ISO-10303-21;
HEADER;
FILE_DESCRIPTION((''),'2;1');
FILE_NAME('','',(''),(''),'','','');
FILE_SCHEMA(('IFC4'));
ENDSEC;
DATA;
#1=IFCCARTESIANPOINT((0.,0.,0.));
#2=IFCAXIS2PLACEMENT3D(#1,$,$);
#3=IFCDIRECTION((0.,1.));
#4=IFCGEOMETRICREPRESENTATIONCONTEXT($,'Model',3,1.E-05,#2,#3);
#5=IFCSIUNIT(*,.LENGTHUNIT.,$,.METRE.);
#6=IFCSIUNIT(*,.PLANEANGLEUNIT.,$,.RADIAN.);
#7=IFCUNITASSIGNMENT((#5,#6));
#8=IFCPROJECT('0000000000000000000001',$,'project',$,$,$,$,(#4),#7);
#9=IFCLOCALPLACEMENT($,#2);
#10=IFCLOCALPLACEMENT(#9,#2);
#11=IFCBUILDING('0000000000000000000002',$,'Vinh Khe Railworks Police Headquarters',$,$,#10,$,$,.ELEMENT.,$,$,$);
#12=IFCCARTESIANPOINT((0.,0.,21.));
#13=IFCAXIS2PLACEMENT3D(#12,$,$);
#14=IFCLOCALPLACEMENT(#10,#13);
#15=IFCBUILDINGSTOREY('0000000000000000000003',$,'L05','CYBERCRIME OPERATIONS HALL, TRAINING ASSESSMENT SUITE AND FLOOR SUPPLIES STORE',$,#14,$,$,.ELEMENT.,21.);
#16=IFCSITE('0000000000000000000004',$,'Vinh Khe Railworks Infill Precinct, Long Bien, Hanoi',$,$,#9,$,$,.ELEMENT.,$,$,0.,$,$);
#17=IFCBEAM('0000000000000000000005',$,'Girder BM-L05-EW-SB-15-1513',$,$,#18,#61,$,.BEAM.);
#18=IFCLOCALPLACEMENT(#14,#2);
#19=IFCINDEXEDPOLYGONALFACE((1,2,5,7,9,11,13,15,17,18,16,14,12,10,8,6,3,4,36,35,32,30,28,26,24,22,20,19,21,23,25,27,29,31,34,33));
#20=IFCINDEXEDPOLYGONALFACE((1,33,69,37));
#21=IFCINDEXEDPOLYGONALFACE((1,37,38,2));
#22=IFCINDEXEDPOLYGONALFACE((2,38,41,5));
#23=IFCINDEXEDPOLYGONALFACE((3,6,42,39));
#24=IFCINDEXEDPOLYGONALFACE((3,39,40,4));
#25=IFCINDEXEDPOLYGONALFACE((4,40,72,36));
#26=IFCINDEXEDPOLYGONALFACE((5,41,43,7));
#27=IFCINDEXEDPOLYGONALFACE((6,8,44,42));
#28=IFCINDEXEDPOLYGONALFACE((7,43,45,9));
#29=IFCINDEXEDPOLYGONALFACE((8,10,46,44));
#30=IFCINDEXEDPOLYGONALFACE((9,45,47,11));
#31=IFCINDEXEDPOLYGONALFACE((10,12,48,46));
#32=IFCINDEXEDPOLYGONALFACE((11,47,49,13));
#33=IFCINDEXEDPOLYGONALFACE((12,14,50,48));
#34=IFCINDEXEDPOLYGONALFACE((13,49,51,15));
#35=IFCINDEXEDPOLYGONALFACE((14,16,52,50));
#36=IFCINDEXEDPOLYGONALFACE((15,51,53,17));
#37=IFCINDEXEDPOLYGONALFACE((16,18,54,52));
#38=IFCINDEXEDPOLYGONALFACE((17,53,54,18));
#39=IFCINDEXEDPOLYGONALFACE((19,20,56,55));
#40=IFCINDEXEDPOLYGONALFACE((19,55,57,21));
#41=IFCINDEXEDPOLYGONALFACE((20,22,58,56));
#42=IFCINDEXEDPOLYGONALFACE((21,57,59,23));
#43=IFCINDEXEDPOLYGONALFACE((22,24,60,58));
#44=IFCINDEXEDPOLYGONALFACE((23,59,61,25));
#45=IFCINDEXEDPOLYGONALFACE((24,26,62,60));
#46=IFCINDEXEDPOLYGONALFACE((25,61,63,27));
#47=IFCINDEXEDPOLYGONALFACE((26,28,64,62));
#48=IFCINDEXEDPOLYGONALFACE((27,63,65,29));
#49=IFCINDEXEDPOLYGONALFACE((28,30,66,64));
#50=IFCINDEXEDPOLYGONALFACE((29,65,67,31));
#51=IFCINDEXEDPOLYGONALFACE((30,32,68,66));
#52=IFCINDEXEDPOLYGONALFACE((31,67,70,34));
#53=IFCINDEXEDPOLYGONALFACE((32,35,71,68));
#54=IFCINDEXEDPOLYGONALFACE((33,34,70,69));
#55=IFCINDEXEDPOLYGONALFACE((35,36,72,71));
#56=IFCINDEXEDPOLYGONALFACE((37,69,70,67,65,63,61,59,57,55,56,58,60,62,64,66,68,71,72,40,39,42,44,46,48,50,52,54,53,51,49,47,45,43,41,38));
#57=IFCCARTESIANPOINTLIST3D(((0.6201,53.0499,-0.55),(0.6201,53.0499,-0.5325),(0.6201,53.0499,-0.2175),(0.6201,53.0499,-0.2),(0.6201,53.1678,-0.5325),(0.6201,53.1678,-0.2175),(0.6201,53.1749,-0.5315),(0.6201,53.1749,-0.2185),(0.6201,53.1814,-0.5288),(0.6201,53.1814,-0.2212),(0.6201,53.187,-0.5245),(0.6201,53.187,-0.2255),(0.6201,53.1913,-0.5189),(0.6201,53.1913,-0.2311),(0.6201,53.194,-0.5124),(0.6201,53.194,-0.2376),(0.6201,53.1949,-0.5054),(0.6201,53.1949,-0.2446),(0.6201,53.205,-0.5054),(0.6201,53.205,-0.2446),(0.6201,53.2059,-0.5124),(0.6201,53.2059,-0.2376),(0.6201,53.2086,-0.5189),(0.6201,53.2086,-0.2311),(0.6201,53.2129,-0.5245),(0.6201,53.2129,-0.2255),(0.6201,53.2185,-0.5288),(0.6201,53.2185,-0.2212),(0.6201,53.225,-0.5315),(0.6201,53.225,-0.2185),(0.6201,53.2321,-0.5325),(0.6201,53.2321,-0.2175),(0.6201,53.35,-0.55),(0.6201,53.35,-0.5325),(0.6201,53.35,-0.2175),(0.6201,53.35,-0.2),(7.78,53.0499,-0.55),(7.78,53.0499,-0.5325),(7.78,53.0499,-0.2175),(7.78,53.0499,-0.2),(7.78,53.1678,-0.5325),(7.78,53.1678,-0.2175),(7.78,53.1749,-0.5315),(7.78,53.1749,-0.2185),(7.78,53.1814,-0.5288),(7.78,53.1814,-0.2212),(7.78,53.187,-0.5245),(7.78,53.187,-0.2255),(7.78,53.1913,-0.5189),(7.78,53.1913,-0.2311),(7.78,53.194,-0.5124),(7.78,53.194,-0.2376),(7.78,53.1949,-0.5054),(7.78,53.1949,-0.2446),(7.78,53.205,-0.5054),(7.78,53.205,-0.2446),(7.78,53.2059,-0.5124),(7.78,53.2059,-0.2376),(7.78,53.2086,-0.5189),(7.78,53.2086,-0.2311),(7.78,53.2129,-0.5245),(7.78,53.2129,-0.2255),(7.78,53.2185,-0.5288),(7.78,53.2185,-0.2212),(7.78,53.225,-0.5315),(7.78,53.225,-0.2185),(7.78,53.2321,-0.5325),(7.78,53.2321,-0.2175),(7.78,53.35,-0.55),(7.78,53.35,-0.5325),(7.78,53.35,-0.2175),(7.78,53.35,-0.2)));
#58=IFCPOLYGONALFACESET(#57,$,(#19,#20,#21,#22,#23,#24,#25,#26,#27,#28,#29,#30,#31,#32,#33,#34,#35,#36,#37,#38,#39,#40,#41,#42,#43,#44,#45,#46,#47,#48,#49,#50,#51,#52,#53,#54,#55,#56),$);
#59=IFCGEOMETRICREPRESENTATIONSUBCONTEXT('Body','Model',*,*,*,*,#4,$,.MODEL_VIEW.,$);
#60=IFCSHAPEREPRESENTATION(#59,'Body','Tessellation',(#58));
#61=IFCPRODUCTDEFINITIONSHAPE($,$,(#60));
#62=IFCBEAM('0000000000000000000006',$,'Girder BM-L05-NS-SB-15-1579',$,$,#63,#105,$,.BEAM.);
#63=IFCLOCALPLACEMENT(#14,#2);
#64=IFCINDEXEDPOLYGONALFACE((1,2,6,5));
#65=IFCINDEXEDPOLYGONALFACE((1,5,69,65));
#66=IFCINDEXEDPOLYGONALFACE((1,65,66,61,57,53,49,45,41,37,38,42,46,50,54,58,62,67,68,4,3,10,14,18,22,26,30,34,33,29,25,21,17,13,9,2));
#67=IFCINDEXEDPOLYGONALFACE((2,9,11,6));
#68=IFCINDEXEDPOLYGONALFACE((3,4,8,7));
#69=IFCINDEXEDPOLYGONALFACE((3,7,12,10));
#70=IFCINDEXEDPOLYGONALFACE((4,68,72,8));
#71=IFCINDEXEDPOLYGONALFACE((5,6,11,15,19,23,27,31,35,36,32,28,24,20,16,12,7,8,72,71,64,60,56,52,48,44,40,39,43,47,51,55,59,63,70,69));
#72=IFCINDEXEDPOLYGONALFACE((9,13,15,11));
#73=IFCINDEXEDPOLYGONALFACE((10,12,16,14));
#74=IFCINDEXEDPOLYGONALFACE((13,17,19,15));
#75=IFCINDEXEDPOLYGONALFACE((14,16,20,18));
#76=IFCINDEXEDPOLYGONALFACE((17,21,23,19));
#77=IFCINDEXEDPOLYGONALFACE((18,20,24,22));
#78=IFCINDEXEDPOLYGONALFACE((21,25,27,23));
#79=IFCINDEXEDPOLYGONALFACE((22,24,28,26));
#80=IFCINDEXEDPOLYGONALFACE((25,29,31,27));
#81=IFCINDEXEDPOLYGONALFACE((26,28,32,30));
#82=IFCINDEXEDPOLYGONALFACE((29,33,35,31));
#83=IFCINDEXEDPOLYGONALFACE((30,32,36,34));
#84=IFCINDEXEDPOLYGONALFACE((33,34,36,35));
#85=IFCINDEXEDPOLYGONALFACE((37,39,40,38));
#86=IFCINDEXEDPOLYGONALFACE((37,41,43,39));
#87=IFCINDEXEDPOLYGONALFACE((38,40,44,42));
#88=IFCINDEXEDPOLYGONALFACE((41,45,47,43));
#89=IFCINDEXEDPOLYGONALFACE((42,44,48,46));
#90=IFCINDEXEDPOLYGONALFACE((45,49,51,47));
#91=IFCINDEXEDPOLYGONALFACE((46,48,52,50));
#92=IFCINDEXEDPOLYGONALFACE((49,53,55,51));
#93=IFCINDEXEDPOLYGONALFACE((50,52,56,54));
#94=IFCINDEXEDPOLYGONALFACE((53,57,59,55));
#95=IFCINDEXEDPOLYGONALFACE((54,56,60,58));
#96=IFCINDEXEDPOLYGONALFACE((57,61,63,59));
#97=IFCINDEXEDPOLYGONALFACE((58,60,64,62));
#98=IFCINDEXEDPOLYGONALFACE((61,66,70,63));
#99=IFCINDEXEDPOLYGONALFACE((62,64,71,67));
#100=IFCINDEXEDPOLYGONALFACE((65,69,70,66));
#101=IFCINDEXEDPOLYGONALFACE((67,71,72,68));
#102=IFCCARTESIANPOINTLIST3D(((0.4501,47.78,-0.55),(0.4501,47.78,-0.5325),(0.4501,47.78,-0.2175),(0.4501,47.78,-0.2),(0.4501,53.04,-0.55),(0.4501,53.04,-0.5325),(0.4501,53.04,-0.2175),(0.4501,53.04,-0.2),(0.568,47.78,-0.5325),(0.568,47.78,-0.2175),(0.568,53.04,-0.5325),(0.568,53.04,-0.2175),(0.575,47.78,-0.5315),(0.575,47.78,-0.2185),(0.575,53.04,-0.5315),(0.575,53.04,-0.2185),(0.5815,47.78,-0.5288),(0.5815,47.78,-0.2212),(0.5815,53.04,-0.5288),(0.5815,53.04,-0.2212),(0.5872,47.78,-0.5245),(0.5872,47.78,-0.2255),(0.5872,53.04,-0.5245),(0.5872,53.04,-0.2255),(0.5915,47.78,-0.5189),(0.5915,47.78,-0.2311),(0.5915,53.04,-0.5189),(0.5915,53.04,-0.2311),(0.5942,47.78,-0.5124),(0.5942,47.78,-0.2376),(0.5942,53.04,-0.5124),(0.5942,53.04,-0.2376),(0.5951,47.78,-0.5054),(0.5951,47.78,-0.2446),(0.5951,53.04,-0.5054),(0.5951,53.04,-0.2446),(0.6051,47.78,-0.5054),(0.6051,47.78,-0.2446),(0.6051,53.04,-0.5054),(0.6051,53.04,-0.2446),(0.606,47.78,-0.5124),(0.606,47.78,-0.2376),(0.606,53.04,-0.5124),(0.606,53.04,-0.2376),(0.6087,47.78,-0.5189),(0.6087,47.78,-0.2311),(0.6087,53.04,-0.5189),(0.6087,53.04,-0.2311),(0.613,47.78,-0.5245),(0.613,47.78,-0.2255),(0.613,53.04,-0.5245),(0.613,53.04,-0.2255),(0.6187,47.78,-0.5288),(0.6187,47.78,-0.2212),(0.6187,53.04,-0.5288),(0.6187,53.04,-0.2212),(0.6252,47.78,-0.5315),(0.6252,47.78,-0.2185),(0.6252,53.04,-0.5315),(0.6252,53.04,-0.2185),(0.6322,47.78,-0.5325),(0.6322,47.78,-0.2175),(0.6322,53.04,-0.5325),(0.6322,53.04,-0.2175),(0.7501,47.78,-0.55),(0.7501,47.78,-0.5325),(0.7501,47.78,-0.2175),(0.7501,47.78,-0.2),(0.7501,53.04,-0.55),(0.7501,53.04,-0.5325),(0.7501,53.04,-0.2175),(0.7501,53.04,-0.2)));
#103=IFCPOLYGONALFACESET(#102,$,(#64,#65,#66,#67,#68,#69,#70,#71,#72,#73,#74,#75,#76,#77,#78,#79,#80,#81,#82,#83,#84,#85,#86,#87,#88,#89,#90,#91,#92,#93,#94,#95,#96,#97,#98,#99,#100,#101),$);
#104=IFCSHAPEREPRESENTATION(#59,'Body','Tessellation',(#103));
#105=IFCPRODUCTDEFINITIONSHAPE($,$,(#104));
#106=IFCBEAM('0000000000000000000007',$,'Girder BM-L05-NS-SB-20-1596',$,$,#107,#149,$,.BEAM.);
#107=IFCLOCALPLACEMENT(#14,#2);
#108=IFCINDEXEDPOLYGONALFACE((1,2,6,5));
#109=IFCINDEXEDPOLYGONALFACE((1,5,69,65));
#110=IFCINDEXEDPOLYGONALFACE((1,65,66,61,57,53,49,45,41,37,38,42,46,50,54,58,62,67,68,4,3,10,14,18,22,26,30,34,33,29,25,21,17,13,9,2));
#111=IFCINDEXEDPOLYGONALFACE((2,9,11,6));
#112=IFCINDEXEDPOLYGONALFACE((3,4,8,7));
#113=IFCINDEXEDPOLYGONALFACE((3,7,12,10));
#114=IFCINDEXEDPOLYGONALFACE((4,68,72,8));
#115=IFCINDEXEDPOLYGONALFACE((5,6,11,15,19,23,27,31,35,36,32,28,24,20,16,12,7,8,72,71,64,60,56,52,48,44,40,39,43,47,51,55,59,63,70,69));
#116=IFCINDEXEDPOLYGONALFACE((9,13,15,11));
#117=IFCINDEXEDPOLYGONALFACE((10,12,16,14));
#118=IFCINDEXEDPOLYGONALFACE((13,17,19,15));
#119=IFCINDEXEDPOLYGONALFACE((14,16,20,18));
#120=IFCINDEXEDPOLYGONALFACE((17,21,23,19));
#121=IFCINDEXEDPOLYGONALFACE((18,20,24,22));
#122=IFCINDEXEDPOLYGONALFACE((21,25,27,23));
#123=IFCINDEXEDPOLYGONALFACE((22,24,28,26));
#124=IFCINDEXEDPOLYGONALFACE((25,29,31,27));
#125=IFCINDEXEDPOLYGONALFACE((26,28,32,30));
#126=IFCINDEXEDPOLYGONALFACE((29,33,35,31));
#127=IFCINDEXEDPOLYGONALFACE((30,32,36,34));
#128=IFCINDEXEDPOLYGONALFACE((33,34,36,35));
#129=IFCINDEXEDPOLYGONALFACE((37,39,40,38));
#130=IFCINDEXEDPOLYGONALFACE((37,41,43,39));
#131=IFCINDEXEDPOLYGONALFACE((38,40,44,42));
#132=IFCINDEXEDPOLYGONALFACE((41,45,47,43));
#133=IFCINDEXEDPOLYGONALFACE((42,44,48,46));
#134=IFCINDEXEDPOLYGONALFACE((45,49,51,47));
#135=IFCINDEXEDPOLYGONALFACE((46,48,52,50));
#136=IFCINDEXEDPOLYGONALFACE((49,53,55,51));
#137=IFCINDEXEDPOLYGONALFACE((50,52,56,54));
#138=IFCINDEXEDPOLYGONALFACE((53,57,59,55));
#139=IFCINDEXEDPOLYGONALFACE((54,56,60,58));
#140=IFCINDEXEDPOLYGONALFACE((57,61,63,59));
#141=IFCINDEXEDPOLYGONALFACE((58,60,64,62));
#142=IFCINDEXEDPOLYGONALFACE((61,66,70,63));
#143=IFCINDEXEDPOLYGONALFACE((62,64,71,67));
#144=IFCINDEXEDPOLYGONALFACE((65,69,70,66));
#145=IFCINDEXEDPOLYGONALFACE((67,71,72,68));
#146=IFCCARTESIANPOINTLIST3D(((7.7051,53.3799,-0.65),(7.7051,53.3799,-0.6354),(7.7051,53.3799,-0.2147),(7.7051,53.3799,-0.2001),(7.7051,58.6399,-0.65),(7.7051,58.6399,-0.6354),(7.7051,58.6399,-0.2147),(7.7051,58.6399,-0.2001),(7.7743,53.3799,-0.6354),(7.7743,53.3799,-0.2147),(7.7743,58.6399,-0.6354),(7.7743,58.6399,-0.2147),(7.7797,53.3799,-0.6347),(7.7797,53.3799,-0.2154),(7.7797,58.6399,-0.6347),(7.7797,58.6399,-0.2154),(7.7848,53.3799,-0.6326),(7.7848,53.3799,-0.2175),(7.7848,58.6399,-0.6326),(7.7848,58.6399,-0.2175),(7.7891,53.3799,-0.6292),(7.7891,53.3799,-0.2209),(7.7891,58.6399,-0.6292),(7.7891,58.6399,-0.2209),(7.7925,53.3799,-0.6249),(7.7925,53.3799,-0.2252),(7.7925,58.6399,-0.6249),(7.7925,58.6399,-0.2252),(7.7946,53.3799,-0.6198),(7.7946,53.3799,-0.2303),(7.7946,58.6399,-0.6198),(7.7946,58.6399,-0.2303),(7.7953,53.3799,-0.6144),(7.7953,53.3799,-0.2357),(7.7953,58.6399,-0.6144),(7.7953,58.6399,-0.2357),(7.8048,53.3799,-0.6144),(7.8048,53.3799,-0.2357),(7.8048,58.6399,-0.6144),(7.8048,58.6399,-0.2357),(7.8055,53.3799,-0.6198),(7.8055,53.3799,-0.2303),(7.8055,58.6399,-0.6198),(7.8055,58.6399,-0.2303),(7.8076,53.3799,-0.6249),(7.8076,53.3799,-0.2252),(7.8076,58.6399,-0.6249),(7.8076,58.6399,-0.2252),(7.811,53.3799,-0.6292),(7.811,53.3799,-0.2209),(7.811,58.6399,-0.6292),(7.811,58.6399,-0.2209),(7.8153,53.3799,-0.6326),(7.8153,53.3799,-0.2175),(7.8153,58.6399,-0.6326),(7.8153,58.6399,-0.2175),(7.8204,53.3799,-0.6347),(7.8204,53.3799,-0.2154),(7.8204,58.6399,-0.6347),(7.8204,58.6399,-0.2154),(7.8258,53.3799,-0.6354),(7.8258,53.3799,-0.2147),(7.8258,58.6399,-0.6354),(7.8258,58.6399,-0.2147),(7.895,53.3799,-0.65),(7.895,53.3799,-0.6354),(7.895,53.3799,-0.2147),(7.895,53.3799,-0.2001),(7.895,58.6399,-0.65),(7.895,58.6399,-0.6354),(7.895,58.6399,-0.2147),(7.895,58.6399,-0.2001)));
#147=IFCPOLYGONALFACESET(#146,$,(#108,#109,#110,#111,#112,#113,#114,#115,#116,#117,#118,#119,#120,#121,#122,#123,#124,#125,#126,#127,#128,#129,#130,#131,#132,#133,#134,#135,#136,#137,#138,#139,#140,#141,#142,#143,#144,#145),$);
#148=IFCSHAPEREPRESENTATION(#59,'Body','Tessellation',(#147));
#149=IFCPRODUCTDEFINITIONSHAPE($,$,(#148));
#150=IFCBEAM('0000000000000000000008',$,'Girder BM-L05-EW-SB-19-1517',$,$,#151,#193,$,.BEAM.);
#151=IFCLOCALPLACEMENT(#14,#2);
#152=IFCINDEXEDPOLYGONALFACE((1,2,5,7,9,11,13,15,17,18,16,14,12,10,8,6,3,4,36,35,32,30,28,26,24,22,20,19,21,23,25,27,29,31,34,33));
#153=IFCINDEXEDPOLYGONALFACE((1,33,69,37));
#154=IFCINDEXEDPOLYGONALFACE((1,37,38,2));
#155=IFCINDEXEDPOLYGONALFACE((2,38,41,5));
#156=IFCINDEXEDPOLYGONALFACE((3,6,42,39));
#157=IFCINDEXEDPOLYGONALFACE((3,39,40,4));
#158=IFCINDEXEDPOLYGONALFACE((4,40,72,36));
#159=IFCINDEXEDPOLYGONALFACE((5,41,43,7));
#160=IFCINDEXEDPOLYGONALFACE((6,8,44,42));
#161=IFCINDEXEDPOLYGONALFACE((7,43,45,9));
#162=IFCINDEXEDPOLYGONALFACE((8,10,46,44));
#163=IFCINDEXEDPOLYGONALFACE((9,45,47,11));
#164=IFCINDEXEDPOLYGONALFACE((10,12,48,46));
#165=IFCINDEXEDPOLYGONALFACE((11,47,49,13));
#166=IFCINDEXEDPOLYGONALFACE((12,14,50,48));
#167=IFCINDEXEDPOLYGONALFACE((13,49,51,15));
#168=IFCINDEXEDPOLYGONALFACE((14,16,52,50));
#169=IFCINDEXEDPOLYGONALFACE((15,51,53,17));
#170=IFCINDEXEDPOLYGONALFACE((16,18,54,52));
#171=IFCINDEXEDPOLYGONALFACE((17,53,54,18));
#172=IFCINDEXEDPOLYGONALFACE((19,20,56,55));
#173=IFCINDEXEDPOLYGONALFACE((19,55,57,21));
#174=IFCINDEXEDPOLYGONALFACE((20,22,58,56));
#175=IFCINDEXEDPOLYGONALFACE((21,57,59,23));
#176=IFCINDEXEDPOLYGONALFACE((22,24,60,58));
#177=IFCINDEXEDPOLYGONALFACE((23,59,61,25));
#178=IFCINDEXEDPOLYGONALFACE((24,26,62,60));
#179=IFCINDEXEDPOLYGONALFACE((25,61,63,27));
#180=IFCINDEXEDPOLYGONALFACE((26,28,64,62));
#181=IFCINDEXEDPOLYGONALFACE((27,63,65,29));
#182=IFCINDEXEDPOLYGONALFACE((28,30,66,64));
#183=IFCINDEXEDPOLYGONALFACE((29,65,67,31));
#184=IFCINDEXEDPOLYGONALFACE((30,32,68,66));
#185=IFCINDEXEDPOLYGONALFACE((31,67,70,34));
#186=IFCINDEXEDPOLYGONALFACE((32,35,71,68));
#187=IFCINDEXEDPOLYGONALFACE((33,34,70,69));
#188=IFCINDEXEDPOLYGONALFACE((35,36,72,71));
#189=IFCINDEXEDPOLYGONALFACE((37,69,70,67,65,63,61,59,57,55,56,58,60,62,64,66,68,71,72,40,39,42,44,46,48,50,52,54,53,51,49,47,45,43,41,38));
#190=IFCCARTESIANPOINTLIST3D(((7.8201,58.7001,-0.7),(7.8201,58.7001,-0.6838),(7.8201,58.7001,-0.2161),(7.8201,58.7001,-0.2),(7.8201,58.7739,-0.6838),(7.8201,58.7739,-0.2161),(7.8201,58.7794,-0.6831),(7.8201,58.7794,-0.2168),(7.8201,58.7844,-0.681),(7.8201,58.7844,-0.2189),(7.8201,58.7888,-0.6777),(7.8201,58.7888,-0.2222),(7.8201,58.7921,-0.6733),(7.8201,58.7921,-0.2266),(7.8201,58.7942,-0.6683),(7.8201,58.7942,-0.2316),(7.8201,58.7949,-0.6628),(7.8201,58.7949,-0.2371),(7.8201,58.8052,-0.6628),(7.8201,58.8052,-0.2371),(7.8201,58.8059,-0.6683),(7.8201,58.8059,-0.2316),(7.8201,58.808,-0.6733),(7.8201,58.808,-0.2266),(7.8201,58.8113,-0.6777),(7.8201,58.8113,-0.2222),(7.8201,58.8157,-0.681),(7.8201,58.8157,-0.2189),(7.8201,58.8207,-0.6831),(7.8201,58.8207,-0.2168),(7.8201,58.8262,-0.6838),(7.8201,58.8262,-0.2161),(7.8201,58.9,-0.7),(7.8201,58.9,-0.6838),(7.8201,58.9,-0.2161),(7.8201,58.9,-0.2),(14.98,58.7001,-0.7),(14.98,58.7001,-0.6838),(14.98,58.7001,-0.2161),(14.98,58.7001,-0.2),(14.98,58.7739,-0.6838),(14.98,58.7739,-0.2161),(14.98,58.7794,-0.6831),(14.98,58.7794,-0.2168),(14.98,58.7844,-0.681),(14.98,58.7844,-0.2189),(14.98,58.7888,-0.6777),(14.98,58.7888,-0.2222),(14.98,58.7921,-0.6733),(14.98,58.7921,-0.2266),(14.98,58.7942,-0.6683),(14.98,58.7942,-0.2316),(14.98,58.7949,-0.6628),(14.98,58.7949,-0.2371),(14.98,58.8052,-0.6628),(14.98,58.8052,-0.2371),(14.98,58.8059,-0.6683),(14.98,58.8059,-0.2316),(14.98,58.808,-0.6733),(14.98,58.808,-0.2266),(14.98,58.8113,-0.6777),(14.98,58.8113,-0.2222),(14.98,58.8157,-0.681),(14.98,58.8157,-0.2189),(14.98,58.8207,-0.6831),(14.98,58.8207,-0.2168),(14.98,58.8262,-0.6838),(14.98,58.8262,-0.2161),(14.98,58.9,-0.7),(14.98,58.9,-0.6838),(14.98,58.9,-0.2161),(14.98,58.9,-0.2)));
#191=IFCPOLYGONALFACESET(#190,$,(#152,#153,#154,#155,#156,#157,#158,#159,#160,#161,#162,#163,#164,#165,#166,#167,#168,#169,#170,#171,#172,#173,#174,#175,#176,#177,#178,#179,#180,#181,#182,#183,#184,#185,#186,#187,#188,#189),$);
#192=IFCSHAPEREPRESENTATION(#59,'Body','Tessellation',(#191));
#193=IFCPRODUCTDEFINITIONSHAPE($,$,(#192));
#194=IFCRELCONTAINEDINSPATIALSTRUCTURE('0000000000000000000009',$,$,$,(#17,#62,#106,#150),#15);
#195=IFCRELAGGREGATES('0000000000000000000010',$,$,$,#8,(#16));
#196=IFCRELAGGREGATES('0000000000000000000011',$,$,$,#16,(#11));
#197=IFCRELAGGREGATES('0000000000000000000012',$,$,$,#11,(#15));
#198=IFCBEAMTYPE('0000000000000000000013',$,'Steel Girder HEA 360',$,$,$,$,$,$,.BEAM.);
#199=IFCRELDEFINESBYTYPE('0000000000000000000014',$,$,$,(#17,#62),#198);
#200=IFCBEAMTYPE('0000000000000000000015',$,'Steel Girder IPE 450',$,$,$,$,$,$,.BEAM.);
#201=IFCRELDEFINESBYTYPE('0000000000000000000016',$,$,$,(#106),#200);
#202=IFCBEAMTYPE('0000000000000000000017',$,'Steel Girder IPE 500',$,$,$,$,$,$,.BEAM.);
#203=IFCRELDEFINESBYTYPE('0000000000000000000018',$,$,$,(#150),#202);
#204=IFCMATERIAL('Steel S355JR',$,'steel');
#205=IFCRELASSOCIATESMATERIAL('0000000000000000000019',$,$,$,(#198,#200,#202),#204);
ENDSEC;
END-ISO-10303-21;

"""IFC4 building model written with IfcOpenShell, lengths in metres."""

from ifc_helpers import new_model, si_unit, direction, frame, origin, origin_2d, place, context, subcontext, project, spatial, i_section, extrude, material, material_profile, profile_set, type_object, element, save


model = new_model("IFC4")

# Units and contexts
model_context = context("Model", 3, precision=1e-05, world=origin(), true_north=direction((0.0, 1.0)))
body_context = subcontext(model_context, "Body", "Model", "MODEL_VIEW")
ifc_project = project(units=[si_unit("LENGTHUNIT", "METRE"), si_unit("PLANEANGLEUNIT", "RADIAN")], contexts=[model_context])

# Site, building, storey
site_placement = place(None, origin())
site = spatial("IfcSite", under=ifc_project, at=site_placement, Name="Vinh Khe Railworks Infill Precinct, Long Bien, Hanoi", CompositionType="ELEMENT", RefElevation=0.0)
building_placement = place(site_placement, origin())
building = spatial("IfcBuilding", under=site, at=building_placement, Name="Vinh Khe Railworks Police Headquarters", CompositionType="ELEMENT")
storey_placement = place(building_placement, frame((0.0, 0.0, 21.0)))
storey = spatial("IfcBuildingStorey", under=building, at=storey_placement, Name="L05", Description="CYBERCRIME OPERATIONS HALL, TRAINING ASSESSMENT SUITE AND FLOOR SUPPLIES STORE", CompositionType="ELEMENT", Elevation=21.0)

# Shared definitions
ifc_material_1 = material(Name="Steel S355JR", Category="steel")

# Beams
ifc_material_profile_1 = material_profile(ifc_material_1, i_section(OverallWidth=0.3, OverallDepth=0.3501, WebThickness=0.01, FlangeThickness=0.0176, FilletRadius=0.0271, at=origin_2d()), Name="HEA 360")
ifc_profile_set_1 = profile_set([ifc_material_profile_1], Name="Steel S355JR")
beam_type_1 = type_object("IfcBeamType", Name="Steel Girder HEA 360", PredefinedType="BEAM", material=ifc_profile_set_1)
beam_1_placement = place(storey_placement, frame((0.6201, 53.2, -0.375), z_axis=(1.0, 0.0, 0.0), x_axis=(0.0, 1.0, 0.0)))
element("IfcBeam", 1, at=beam_1_placement, inside=storey, type_object=beam_type_1, Name="Girder BM-L05-EW-SB-15-1513", PredefinedType="BEAM", context=body_context, shape_type="SweptSolid", body=[
    extrude(i_section(OverallWidth=0.3, OverallDepth=0.3501, WebThickness=0.01, FlangeThickness=0.0176, FilletRadius=0.0271, at=origin_2d()), origin(), (0.0, 0.0, 1.0), 7.1599),
])
beam_2_placement = place(storey_placement, frame((0.6001, 47.78, -0.375), z_axis=(0.0, 1.0, 0.0), x_axis=(-1.0, 0.0, 0.0)))
element("IfcBeam", 2, at=beam_2_placement, inside=storey, type_object=beam_type_1, Name="Girder BM-L05-NS-SB-15-1579", PredefinedType="BEAM", context=body_context, shape_type="SweptSolid", body=[
    extrude(i_section(OverallWidth=0.3, OverallDepth=0.3501, WebThickness=0.01, FlangeThickness=0.0176, FilletRadius=0.0271, at=origin_2d()), origin(), (0.0, 0.0, 1.0), 5.26),
])
ifc_material_profile_2 = material_profile(ifc_material_1, i_section(OverallWidth=0.1899, OverallDepth=0.45, WebThickness=0.0095, FlangeThickness=0.0146, FilletRadius=0.021, at=origin_2d()), Name="IPE 450")
ifc_profile_set_2 = profile_set([ifc_material_profile_2], Name="Steel S355JR")
beam_type_2 = type_object("IfcBeamType", Name="Steel Girder IPE 450", PredefinedType="BEAM", material=ifc_profile_set_2)
beam_3_placement = place(storey_placement, frame((7.8, 53.3799, -0.425), z_axis=(0.0, 1.0, 0.0), x_axis=(-1.0, 0.0, 0.0)))
element("IfcBeam", 3, at=beam_3_placement, inside=storey, type_object=beam_type_2, Name="Girder BM-L05-NS-SB-20-1596", PredefinedType="BEAM", context=body_context, shape_type="SweptSolid", body=[
    extrude(i_section(OverallWidth=0.1899, OverallDepth=0.45, WebThickness=0.0095, FlangeThickness=0.0146, FilletRadius=0.021, at=origin_2d()), origin(), (0.0, 0.0, 1.0), 5.26),
])
ifc_material_profile_3 = material_profile(ifc_material_1, i_section(OverallWidth=0.2, OverallDepth=0.5, WebThickness=0.0103, FlangeThickness=0.0161, FilletRadius=0.021, at=origin_2d()), Name="IPE 500")
ifc_profile_set_3 = profile_set([ifc_material_profile_3], Name="Steel S355JR")
beam_type_3 = type_object("IfcBeamType", Name="Steel Girder IPE 500", PredefinedType="BEAM", material=ifc_profile_set_3)
beam_4_placement = place(storey_placement, frame((7.8201, 58.8, -0.45), z_axis=(1.0, 0.0, 0.0), x_axis=(0.0, 1.0, 0.0)))
element("IfcBeam", 4, at=beam_4_placement, inside=storey, type_object=beam_type_3, Name="Girder BM-L05-EW-SB-19-1517", PredefinedType="BEAM", context=body_context, shape_type="SweptSolid", body=[
    extrude(i_section(OverallWidth=0.2, OverallDepth=0.5, WebThickness=0.0103, FlangeThickness=0.0161, FilletRadius=0.021, at=origin_2d()), origin(), (0.0, 0.0, 1.0), 7.1599),
])

save(model, "model.ifc")
